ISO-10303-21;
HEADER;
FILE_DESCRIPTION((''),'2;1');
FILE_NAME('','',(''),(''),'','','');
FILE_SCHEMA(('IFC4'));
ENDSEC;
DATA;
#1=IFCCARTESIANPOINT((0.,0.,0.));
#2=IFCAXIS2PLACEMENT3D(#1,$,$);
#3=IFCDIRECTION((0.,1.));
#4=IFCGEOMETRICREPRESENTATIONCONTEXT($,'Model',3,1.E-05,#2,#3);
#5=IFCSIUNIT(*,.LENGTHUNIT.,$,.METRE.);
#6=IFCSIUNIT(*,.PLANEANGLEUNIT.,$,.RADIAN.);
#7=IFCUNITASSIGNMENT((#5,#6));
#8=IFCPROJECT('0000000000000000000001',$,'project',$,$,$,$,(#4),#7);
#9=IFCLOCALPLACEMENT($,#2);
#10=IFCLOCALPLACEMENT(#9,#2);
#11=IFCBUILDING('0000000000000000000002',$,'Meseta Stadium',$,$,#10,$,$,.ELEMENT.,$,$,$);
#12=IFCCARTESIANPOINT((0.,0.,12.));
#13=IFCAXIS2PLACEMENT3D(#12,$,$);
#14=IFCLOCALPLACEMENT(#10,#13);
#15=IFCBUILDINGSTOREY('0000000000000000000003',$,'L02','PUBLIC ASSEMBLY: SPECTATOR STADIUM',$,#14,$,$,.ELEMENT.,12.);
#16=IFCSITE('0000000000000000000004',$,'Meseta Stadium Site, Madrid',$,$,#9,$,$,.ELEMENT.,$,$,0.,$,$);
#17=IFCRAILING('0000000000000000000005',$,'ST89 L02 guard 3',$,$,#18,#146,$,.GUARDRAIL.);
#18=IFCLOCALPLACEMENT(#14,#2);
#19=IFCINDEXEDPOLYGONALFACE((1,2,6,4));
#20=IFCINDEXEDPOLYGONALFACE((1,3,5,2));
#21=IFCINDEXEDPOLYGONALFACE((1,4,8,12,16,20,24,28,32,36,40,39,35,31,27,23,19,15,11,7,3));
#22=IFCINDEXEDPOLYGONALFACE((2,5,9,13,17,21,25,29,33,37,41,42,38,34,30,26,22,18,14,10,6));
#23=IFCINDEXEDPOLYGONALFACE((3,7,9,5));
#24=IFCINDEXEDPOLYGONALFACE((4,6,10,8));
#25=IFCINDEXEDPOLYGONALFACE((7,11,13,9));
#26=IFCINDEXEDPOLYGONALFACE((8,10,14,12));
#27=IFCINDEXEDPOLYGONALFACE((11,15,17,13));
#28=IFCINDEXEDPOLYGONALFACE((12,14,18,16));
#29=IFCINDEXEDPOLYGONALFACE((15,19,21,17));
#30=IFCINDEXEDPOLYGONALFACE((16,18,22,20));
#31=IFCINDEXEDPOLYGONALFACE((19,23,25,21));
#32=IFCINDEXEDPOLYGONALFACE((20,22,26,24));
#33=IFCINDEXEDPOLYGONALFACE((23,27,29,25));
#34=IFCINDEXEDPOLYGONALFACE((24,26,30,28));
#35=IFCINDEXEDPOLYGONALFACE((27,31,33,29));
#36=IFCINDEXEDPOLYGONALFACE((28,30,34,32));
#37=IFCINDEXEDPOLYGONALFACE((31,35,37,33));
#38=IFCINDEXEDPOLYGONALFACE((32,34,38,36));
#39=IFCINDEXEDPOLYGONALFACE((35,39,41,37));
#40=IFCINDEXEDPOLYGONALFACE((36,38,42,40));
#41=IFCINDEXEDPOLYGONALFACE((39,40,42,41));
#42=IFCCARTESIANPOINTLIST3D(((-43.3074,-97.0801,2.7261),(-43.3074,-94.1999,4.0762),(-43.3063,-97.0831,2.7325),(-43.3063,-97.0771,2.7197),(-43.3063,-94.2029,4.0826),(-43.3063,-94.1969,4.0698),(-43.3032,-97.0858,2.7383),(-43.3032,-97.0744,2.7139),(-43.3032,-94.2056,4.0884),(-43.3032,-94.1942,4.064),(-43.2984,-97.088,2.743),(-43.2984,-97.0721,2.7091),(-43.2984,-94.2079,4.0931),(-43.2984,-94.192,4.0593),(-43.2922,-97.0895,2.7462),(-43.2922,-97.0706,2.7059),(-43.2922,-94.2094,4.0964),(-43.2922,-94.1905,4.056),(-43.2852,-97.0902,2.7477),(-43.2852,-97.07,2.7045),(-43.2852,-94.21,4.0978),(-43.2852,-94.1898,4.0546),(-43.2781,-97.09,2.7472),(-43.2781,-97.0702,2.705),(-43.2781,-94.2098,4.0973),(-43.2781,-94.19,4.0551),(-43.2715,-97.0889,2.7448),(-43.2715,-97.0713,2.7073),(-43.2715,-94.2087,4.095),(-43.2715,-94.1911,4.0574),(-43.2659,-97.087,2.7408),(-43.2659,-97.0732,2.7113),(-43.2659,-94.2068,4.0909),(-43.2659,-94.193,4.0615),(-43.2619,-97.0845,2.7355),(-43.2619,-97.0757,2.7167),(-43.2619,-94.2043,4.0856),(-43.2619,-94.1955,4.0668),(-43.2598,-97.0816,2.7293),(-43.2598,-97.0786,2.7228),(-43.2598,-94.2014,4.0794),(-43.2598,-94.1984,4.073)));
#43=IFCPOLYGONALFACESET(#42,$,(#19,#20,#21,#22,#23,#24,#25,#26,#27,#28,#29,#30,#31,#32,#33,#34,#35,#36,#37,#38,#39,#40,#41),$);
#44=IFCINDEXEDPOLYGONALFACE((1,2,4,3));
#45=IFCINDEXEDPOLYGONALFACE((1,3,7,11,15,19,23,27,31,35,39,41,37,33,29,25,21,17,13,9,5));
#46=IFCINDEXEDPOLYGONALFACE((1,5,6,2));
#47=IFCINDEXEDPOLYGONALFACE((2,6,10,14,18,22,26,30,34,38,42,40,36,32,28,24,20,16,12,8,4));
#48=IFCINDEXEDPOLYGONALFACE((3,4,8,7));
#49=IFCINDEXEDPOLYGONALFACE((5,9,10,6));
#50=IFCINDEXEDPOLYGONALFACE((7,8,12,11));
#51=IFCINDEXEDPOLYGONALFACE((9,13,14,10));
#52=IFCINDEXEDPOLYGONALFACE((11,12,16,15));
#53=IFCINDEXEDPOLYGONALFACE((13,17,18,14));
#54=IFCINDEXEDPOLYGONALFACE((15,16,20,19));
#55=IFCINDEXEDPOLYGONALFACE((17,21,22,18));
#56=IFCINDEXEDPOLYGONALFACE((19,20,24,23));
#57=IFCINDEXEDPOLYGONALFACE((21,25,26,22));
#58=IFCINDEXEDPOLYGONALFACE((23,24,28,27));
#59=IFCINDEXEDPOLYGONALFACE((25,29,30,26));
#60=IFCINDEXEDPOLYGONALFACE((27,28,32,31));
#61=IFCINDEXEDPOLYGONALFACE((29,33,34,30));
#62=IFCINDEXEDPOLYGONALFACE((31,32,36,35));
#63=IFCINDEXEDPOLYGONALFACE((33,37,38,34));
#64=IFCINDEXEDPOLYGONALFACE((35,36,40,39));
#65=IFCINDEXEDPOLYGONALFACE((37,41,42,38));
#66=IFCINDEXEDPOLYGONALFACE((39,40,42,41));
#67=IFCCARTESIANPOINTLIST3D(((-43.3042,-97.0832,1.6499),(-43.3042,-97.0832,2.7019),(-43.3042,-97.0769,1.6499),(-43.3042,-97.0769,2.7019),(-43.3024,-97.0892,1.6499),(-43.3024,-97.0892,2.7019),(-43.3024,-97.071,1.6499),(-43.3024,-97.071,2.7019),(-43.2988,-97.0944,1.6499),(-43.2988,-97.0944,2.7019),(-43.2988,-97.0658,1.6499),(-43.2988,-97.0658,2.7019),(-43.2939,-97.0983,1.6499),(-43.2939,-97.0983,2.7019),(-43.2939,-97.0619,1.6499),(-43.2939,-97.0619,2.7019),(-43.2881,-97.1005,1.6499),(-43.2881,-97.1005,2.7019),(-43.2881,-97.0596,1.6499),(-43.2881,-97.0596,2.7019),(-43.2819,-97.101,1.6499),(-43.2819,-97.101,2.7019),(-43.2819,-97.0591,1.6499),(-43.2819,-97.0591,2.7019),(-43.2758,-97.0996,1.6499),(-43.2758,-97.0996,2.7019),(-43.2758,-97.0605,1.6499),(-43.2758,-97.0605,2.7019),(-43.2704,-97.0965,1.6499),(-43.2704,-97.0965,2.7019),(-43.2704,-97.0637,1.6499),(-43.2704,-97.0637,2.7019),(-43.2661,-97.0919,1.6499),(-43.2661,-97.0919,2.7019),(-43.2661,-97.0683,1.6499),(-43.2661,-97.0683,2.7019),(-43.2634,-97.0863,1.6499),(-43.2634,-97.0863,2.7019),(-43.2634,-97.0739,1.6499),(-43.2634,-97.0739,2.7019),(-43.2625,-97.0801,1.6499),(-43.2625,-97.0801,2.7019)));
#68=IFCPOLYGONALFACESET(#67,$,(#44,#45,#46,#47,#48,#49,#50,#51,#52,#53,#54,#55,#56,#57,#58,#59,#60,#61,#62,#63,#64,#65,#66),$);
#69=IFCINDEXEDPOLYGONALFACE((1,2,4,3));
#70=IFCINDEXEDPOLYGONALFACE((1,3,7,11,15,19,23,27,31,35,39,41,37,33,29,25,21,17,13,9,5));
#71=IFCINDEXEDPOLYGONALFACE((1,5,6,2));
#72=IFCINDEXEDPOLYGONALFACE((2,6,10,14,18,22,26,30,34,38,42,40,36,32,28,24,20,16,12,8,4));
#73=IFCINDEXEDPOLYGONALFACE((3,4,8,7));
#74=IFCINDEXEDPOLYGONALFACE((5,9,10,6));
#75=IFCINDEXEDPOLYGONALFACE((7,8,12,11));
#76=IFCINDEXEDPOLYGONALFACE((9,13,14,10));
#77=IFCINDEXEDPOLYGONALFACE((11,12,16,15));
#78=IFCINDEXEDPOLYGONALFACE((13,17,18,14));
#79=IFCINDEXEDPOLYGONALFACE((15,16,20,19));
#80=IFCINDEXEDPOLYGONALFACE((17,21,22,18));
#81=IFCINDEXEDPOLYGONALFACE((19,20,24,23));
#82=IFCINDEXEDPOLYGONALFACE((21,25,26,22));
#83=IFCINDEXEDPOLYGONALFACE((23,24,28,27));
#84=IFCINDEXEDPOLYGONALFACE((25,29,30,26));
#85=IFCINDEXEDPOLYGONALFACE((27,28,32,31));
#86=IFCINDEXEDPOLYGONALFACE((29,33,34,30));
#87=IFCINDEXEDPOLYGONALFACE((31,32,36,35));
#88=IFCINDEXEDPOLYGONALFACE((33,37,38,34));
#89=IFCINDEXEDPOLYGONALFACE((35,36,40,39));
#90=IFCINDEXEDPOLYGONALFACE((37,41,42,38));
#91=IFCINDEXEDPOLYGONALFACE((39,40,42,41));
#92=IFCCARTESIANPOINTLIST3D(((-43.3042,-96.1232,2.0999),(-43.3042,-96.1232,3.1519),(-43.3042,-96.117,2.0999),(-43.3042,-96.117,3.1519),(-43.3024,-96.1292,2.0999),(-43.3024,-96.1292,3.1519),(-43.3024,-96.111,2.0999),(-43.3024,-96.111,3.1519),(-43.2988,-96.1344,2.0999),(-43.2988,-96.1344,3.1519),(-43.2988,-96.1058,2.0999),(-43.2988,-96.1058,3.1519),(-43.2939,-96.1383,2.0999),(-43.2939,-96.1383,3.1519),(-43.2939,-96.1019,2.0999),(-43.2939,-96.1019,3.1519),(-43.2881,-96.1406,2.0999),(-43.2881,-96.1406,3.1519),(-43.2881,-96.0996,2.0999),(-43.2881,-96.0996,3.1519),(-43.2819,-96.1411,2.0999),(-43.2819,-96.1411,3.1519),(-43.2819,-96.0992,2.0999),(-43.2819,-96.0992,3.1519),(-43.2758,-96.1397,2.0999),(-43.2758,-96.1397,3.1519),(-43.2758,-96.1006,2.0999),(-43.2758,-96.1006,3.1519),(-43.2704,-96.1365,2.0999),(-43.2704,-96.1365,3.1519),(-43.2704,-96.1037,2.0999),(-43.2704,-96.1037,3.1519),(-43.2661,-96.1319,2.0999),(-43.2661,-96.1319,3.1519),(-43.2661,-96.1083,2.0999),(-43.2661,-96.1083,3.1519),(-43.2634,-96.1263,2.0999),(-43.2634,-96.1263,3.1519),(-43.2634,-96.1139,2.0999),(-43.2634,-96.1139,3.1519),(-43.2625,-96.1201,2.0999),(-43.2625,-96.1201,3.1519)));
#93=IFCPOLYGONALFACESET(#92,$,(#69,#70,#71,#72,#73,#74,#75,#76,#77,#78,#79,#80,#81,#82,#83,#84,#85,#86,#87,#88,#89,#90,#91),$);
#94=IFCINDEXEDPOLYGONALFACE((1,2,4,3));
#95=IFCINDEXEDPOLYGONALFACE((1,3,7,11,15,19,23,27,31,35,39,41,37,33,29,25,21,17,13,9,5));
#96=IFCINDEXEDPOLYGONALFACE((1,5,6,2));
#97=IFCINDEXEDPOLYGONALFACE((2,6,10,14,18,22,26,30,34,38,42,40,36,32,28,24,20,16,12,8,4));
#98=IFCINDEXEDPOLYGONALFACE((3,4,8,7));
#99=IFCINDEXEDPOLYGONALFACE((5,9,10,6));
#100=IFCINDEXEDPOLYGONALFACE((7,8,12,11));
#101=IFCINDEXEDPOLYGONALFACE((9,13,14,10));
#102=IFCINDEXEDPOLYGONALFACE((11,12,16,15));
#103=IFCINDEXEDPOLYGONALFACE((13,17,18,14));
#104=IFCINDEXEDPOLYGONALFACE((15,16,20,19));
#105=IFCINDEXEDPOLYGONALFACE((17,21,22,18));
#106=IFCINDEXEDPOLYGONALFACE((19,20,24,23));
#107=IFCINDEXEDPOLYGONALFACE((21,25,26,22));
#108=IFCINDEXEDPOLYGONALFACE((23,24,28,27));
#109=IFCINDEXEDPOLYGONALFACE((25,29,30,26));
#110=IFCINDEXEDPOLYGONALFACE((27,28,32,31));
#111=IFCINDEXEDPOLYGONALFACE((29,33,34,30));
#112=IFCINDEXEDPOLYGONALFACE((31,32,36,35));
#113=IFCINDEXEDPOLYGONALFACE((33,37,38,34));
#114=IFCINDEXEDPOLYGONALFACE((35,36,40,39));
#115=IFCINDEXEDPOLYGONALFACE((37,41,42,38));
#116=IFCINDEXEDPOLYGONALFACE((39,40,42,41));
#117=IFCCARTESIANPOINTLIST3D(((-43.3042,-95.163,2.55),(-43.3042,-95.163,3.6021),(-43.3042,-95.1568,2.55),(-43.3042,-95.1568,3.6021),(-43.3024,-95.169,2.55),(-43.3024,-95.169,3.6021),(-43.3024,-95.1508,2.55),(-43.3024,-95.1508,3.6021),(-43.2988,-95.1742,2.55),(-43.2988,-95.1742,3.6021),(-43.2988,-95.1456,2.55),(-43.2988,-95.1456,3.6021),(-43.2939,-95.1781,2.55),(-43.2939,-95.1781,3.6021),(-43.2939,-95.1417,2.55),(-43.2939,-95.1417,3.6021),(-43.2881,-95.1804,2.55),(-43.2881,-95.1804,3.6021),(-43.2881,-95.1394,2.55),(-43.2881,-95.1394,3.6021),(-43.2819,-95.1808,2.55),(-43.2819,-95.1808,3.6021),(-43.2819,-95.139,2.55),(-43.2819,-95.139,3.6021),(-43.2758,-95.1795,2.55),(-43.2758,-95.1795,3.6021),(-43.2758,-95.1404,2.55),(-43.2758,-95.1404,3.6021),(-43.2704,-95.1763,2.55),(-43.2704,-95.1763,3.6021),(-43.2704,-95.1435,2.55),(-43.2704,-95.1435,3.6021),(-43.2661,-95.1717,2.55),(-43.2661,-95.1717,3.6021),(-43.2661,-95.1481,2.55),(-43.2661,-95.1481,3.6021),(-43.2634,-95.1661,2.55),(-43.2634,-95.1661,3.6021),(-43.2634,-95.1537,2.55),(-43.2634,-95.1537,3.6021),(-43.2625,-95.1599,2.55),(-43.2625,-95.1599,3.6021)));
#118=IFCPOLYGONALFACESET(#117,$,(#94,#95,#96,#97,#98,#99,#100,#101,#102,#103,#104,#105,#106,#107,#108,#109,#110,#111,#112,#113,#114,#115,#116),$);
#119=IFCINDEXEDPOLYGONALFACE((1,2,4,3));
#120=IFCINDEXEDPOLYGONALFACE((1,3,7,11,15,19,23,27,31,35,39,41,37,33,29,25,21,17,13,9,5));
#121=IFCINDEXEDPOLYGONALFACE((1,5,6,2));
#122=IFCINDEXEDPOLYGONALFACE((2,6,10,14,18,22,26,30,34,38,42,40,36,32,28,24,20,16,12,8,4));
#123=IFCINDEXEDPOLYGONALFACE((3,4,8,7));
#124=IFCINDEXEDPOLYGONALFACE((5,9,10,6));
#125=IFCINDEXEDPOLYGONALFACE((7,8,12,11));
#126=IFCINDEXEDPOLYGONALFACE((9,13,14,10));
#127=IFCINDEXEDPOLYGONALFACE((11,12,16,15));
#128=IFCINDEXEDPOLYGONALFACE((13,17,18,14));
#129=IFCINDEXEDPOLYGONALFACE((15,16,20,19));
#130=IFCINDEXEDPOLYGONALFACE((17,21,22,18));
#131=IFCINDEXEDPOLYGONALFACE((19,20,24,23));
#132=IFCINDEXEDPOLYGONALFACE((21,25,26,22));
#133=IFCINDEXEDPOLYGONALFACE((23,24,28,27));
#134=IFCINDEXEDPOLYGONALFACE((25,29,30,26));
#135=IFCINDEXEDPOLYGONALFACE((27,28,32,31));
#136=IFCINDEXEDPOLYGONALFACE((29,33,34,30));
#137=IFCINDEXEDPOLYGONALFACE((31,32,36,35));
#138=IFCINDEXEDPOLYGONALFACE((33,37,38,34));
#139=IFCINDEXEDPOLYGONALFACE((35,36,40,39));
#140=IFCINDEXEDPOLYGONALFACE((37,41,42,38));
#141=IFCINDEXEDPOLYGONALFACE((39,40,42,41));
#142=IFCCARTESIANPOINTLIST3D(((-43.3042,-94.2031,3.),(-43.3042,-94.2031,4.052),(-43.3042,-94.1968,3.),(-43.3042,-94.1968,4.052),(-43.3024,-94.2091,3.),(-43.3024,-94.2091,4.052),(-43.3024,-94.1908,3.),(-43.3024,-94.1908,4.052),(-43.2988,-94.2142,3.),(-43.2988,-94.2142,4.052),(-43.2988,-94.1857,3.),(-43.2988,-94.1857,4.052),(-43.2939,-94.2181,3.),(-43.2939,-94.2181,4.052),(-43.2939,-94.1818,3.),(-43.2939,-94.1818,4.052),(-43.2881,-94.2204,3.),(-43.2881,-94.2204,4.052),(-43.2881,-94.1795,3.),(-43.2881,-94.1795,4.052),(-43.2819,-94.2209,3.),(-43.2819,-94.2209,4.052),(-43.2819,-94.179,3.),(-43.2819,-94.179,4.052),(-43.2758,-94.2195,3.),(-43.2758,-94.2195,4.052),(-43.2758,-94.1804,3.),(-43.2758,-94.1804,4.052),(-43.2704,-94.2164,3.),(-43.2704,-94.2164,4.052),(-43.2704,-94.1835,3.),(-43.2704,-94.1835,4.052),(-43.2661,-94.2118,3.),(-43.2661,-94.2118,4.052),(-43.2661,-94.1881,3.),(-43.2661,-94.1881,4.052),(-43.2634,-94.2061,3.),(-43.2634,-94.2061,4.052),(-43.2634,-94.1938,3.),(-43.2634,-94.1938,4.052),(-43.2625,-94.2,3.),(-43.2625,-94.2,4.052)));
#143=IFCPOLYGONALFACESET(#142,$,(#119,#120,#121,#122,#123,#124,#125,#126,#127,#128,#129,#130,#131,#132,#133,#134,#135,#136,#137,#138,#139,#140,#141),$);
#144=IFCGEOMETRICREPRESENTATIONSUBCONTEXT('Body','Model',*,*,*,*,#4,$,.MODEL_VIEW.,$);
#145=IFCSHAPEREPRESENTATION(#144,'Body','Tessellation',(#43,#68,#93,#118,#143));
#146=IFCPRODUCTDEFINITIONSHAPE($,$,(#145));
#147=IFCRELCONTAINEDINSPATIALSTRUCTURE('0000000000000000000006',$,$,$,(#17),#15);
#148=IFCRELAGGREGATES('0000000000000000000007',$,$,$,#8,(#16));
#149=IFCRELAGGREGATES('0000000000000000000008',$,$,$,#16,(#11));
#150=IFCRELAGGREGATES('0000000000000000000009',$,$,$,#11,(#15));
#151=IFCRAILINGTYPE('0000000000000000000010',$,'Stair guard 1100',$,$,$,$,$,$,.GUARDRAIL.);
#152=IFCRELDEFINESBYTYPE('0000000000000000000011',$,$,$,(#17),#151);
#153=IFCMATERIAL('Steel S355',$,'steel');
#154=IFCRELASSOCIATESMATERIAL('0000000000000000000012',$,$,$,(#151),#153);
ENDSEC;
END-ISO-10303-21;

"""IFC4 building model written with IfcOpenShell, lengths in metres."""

from ifc_helpers import new_model, si_unit, direction, frame, origin, origin_2d, place, context, subcontext, project, spatial, circle, extrude, material, type_object, element, save


model = new_model("IFC4")

# Units and contexts
model_context = context("Model", 3, precision=1e-05, world=origin(), true_north=direction((0.0, 1.0)))
body_context = subcontext(model_context, "Body", "Model", "MODEL_VIEW")
ifc_project = project(units=[si_unit("LENGTHUNIT", "METRE"), si_unit("PLANEANGLEUNIT", "RADIAN")], contexts=[model_context])

# Site, building, storey
site_placement = place(None, origin())
site = spatial("IfcSite", under=ifc_project, at=site_placement, Name="Meseta Stadium Site, Madrid", CompositionType="ELEMENT", RefElevation=0.0)
building_placement = place(site_placement, origin())
building = spatial("IfcBuilding", under=site, at=building_placement, Name="Meseta Stadium", CompositionType="ELEMENT")
storey_placement = place(building_placement, frame((0.0, 0.0, 12.0)))
storey = spatial("IfcBuildingStorey", under=building, at=storey_placement, Name="L02", Description="PUBLIC ASSEMBLY: SPECTATOR STADIUM", CompositionType="ELEMENT", Elevation=12.0)

# Railing
ifc_material_1 = material(Name="Steel S355", Category="steel")
railing_type_1 = type_object("IfcRailingType", Name="Stair guard 1100", PredefinedType="GUARDRAIL", material=ifc_material_1)
railing_1_placement = place(storey_placement, frame((-43.2834, -97.0801, 1.6499)))
element("IfcRailing", 1, at=railing_1_placement, inside=storey, type_object=railing_type_1, Name="ST89 L02 guard 3", PredefinedType="GUARDRAIL", context=body_context, shape_type="SweptSolid", body=[
    extrude(circle(Radius=0.0239, at=origin_2d()), frame((0.0, 0.0, 1.0762), z_axis=(0.0, 0.905454, 0.424444), x_axis=(-1.0, 0.0, 0.0)), (0.0, 0.0, 1.0), 3.1809),
    extrude(circle(Radius=0.021, at=origin_2d()), origin(), (0.0, 0.0, 1.0), 1.052),
    extrude(circle(Radius=0.021, at=origin_2d()), frame((0.0, 0.96, 0.45)), (0.0, 0.0, 1.0), 1.052),
    extrude(circle(Radius=0.021, at=origin_2d()), frame((0.0, 1.9202, 0.9001)), (0.0, 0.0, 1.0), 1.052),
    extrude(circle(Radius=0.021, at=origin_2d()), frame((0.0, 2.8801, 1.3501)), (0.0, 0.0, 1.0), 1.052),
])

save(model, "model.ifc")
